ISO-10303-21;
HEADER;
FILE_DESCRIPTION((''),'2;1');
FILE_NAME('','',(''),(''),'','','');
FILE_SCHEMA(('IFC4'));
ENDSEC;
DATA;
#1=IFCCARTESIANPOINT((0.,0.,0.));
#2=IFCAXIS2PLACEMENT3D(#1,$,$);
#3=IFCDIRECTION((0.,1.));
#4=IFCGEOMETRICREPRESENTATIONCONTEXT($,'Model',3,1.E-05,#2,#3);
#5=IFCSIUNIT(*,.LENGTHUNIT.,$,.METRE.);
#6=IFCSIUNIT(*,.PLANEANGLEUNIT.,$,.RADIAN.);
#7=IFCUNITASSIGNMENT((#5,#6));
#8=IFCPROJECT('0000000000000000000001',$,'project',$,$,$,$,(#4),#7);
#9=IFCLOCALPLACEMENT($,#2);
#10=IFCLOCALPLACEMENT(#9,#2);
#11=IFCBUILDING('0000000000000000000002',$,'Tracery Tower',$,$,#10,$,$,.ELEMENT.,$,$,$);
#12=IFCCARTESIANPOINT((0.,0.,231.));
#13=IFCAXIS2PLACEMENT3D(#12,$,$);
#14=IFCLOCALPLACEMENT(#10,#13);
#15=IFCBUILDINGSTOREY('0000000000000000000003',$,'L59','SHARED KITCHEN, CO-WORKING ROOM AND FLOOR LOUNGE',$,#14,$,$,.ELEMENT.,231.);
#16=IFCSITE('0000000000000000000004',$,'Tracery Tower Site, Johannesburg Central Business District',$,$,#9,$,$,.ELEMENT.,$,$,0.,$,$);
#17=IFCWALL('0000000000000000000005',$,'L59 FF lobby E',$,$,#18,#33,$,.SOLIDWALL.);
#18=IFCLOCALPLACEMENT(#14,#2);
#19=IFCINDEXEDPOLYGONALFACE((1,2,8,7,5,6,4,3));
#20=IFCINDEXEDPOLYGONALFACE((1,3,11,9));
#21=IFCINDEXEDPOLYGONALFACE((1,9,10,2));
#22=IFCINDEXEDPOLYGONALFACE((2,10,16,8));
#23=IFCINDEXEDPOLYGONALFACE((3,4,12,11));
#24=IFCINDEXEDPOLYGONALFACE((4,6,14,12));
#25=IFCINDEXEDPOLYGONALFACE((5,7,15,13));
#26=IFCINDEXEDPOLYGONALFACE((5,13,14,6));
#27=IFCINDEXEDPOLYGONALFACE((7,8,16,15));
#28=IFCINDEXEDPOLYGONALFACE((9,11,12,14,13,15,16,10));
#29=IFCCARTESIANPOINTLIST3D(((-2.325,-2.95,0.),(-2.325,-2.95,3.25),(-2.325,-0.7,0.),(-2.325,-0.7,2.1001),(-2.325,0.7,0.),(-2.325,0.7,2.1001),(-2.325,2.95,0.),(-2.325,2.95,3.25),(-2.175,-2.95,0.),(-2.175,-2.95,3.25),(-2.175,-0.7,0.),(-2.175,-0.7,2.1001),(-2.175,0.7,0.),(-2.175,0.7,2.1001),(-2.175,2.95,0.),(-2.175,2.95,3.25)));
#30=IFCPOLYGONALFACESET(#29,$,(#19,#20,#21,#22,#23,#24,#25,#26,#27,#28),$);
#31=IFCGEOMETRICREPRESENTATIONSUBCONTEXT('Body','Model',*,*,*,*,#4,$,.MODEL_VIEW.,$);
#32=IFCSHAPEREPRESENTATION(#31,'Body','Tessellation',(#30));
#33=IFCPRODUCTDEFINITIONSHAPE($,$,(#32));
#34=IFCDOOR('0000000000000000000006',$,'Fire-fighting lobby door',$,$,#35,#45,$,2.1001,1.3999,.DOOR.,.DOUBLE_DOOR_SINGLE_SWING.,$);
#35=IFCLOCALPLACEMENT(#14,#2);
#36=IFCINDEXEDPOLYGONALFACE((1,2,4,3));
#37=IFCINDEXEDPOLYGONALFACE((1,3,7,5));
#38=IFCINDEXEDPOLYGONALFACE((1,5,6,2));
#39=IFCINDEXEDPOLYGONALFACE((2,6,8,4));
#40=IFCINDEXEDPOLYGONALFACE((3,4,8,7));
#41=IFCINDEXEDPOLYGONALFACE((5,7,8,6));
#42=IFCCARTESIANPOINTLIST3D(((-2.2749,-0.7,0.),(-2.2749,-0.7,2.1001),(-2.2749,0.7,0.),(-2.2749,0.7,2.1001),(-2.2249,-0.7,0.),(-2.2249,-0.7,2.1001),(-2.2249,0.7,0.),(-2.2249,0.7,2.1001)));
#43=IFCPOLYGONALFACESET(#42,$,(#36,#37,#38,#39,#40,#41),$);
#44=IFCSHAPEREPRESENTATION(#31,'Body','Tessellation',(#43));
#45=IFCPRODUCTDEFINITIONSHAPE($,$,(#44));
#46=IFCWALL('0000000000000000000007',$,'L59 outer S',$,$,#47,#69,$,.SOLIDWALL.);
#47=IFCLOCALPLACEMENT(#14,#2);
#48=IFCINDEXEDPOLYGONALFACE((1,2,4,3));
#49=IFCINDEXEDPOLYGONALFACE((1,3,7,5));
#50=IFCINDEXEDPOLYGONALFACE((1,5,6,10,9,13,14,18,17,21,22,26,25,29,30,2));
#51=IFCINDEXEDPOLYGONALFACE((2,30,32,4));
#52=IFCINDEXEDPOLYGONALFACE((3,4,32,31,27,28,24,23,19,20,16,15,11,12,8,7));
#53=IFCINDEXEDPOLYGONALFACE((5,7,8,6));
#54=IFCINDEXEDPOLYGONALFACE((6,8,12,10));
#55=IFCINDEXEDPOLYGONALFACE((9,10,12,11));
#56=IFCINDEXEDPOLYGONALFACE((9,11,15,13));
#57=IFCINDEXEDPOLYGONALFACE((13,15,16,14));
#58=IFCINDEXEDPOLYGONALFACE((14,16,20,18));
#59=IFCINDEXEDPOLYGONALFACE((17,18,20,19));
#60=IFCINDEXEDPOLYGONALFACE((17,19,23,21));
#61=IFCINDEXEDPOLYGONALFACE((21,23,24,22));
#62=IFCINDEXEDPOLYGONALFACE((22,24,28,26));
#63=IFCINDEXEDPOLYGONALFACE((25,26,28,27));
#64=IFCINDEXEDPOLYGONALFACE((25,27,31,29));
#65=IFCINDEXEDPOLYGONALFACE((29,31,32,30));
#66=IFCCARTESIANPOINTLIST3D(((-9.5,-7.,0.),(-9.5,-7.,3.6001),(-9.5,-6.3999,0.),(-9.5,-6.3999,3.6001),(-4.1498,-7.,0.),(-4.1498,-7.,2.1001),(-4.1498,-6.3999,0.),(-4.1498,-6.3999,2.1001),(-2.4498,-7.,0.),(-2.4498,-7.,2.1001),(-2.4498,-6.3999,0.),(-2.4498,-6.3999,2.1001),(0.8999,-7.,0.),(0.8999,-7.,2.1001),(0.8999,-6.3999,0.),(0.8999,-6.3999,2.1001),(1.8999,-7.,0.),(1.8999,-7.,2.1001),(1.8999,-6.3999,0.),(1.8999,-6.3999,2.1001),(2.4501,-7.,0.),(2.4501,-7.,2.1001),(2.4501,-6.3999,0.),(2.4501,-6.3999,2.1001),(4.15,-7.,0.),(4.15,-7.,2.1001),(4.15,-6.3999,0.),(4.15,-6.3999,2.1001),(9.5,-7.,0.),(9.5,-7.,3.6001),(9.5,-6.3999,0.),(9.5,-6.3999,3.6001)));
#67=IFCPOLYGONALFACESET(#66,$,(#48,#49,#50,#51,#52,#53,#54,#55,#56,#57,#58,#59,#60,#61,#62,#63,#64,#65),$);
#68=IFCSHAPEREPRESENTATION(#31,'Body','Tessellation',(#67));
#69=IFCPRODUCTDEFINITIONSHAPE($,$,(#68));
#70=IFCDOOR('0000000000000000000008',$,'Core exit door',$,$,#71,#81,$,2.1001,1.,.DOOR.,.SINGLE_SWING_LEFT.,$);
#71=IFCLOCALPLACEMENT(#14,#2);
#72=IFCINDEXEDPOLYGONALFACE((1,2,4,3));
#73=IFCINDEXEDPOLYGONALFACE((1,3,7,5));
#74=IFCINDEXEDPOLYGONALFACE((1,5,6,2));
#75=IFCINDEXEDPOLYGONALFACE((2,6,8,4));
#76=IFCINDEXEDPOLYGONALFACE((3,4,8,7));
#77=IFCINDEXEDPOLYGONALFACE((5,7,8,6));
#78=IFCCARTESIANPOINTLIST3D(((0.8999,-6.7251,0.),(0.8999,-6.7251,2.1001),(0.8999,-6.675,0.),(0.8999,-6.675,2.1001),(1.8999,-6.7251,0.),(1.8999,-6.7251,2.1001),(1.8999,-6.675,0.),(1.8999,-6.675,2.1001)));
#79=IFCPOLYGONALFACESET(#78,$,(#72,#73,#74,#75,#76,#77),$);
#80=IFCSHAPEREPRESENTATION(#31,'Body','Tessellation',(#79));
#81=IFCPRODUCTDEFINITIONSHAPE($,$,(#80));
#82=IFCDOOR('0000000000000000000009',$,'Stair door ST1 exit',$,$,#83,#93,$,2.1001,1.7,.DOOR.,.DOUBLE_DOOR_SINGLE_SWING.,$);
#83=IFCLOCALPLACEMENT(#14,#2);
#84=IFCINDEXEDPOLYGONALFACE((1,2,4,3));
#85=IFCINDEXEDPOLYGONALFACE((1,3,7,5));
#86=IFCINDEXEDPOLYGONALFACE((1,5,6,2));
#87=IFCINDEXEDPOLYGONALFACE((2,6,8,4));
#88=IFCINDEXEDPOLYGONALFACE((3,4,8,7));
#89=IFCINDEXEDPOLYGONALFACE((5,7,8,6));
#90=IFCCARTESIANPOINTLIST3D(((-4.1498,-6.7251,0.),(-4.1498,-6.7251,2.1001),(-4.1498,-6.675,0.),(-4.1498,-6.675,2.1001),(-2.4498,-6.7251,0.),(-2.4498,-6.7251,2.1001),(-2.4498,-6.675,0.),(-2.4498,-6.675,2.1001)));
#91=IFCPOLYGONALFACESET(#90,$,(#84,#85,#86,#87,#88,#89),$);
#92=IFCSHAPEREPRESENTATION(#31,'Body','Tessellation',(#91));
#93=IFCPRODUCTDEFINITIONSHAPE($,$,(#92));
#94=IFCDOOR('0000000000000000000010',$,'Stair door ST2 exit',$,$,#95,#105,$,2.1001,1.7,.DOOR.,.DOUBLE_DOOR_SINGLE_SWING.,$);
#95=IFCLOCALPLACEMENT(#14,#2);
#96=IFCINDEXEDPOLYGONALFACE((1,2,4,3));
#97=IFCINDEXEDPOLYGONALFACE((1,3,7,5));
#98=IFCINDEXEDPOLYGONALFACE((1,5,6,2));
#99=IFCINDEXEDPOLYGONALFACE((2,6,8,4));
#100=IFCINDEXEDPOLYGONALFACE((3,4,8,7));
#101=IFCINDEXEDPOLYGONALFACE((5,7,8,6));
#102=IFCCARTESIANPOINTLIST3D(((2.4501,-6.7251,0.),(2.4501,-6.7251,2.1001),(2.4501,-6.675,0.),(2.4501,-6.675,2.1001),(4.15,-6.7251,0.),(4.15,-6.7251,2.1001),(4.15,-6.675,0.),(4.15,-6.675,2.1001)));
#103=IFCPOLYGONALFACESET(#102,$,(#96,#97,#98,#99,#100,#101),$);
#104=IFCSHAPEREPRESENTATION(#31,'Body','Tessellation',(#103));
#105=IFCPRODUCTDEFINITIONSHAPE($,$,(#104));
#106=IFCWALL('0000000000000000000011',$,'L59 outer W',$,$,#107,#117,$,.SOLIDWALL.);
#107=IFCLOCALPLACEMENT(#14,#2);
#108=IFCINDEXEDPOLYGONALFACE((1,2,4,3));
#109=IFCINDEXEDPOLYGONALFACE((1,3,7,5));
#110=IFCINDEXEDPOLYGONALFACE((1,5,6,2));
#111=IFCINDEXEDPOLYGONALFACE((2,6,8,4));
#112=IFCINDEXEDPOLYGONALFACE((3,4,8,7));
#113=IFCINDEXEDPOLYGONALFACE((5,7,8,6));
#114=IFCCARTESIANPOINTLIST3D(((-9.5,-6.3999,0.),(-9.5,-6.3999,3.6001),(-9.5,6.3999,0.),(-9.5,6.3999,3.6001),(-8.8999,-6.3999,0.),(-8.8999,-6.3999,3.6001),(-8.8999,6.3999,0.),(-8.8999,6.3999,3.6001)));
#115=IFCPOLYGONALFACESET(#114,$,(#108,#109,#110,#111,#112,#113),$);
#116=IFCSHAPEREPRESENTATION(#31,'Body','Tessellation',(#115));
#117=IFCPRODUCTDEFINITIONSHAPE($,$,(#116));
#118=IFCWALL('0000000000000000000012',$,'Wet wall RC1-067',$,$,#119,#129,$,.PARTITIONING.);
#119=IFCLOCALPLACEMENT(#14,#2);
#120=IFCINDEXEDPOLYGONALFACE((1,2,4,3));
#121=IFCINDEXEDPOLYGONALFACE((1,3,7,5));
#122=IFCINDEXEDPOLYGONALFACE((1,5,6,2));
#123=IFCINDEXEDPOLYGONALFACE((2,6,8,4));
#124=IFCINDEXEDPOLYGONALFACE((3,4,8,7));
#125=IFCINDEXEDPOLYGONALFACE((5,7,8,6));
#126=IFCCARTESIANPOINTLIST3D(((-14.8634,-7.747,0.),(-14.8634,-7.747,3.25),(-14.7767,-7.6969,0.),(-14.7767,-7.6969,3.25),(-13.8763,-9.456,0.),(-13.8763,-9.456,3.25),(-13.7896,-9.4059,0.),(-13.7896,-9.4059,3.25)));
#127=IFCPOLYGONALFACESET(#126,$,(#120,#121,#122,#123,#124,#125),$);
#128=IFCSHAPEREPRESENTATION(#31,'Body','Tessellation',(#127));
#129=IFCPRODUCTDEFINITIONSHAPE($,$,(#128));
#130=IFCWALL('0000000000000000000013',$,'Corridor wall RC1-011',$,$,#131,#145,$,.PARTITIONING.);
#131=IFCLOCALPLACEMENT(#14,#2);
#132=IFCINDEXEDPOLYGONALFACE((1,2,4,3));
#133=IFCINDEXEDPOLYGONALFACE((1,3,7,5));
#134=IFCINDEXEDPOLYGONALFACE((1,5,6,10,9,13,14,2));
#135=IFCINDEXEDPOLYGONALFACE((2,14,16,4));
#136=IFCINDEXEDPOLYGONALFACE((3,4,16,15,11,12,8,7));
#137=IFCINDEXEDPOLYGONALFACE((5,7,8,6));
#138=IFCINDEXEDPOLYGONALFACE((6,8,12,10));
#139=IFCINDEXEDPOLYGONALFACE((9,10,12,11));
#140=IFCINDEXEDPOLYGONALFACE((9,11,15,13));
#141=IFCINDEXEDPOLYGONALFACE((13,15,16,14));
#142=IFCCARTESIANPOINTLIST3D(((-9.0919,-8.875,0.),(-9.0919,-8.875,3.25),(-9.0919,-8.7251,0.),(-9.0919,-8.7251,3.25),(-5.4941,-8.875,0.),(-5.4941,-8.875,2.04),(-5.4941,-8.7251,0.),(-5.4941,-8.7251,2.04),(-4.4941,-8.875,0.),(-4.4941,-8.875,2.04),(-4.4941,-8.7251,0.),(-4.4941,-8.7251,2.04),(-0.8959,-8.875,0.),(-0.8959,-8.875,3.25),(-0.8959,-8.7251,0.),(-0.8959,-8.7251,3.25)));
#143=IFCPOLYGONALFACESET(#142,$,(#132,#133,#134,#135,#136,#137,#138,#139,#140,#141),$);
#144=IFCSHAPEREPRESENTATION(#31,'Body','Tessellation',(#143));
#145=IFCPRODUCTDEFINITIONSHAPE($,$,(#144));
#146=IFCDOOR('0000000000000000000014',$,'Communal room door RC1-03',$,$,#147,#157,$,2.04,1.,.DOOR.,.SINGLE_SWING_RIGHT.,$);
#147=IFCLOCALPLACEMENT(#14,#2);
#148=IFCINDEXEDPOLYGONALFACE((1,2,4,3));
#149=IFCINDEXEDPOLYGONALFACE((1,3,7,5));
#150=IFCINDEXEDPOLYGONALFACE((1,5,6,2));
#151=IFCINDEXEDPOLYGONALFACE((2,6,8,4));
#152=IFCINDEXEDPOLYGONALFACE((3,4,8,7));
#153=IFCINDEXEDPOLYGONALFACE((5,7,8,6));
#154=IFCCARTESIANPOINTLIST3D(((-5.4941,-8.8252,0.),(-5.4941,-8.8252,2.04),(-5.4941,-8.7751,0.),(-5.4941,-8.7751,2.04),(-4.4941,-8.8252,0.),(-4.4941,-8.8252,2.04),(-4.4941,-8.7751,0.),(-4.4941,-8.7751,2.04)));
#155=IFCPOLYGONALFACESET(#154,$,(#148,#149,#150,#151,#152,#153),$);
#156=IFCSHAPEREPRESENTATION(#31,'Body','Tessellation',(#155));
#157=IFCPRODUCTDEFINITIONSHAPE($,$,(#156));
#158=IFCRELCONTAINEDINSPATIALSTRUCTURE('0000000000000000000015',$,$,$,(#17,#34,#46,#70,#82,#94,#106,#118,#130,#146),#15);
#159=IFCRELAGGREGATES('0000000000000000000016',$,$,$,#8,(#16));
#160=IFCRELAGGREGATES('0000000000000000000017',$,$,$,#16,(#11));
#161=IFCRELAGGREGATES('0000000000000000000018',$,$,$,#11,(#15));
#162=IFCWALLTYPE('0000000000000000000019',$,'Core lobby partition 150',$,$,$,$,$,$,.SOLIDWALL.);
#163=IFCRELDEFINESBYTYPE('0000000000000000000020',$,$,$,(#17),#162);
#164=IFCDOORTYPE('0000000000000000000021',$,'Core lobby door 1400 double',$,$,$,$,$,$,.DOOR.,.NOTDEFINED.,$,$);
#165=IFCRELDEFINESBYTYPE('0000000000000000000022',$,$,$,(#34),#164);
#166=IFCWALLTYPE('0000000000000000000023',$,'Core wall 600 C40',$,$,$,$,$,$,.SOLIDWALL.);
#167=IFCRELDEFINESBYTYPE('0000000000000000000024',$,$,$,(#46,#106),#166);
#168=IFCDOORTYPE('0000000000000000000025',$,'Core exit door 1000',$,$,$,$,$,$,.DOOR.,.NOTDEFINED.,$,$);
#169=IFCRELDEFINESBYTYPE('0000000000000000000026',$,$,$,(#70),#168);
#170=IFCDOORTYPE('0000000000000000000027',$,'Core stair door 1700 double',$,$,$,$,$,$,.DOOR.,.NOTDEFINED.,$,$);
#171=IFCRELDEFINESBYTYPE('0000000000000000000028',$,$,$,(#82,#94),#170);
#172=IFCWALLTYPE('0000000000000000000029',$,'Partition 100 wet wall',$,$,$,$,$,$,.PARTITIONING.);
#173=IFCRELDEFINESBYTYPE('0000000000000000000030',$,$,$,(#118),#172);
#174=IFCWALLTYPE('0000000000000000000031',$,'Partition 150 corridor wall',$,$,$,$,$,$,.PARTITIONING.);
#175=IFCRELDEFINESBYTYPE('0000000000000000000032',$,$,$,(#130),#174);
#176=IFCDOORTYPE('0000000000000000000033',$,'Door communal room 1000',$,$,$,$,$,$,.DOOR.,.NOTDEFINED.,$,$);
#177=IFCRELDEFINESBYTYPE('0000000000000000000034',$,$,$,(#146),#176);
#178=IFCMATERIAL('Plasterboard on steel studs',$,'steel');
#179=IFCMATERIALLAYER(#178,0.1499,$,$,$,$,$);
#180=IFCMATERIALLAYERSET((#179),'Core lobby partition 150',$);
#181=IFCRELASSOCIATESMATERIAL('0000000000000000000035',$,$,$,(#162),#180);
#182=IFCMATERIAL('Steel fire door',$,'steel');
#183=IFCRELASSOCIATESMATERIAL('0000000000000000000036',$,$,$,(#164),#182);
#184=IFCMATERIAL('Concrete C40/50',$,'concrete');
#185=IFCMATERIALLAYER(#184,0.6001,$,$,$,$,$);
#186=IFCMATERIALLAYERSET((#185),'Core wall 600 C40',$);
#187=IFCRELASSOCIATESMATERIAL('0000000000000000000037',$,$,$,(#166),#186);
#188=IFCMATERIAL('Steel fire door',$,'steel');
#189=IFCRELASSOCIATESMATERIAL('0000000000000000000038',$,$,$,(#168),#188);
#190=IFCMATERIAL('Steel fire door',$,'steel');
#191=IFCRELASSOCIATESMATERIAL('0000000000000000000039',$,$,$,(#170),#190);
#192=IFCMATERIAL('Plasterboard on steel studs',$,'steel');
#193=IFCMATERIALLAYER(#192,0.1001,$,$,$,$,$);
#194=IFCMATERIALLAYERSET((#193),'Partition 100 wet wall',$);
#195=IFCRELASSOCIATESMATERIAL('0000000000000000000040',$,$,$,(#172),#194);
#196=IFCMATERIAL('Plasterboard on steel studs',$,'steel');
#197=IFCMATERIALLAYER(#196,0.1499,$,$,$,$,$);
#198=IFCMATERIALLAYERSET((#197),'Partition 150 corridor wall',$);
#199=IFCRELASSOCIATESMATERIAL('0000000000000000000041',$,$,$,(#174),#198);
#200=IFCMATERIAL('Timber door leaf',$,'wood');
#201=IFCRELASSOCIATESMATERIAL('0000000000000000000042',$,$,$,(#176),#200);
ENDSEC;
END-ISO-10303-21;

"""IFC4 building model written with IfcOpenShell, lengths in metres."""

from ifc_helpers import new_model, si_unit, direction, frame, frame_2d, origin, place, context, subcontext, project, spatial, rectangle, extrude, material, layer, layer_set, type_object, element, fill, save


model = new_model("IFC4")

# Units and contexts
model_context = context("Model", 3, precision=1e-05, world=origin(), true_north=direction((0.0, 1.0)))
body_context = subcontext(model_context, "Body", "Model", "MODEL_VIEW")
ifc_project = project(units=[si_unit("LENGTHUNIT", "METRE"), si_unit("PLANEANGLEUNIT", "RADIAN")], contexts=[model_context])

# Site, building, storey
site_placement = place(None, origin())
site = spatial("IfcSite", under=ifc_project, at=site_placement, Name="Tracery Tower Site, Johannesburg Central Business District", CompositionType="ELEMENT", RefElevation=0.0)
building_placement = place(site_placement, origin())
building = spatial("IfcBuilding", under=site, at=building_placement, Name="Tracery Tower", CompositionType="ELEMENT")
storey_placement = place(building_placement, frame((0.0, 0.0, 231.0)))
storey = spatial("IfcBuildingStorey", under=building, at=storey_placement, Name="L59", Description="SHARED KITCHEN, CO-WORKING ROOM AND FLOOR LOUNGE", CompositionType="ELEMENT", Elevation=231.0)

# Wall, opening, door
ifc_material_1 = material(Name="Plasterboard on steel studs", Category="steel")
ifc_layer_1 = layer(ifc_material_1, 0.1499)
ifc_layer_set_1 = layer_set([ifc_layer_1], Name="Core lobby partition 150")
wall_type_1 = type_object("IfcWallType", Name="Core lobby partition 150", PredefinedType="SOLIDWALL", material=ifc_layer_set_1)
wall_1_placement = place(storey_placement, frame((-2.25, -2.95, 0.0), z_axis=(0.0, 0.0, 1.0), x_axis=(0.0, 1.0, 0.0)))
wall_1 = element("IfcWall", 1, at=wall_1_placement, inside=storey, type_object=wall_type_1, Name="L59 FF lobby E", PredefinedType="SOLIDWALL", context=body_context, shape_type="SweptSolid", body=[
    extrude(rectangle(XDim=5.8999, YDim=0.1499, at=frame_2d((2.95, 0.0))), origin(), (0.0, 0.0, 1.0), 3.25),
])
opening_1_placement = place(wall_1_placement, frame((2.25, 0.0, 0.0)))
opening_1 = element("IfcOpeningElement", 2, at=opening_1_placement, cuts=wall_1, PredefinedType="OPENING", context=body_context, shape_type="SweptSolid", body=[
    extrude(rectangle(XDim=1.3999, YDim=2.1001, at=frame_2d((0.7, 1.05))), frame((0.0, 0.075, 0.0), z_axis=(0.0, -1.0, 0.0), x_axis=(1.0, 0.0, 0.0)), (0.0, 0.0, 1.0), 0.1499),
])
ifc_material_2 = material(Name="Steel fire door", Category="steel")
door_type_1 = type_object("IfcDoorType", Name="Core lobby door 1400 double", OperationType="NOTDEFINED", PredefinedType="DOOR", material=ifc_material_2)
door_1_placement = place(opening_1_placement, origin())
door_1 = element("IfcDoor", 3, at=door_1_placement, inside=storey, type_object=door_type_1, Name="Fire-fighting lobby door", OperationType="DOUBLE_DOOR_SINGLE_SWING", OverallHeight=2.1001, OverallWidth=1.3999, PredefinedType="DOOR", context=body_context, shape_type="SweptSolid", body=[
    extrude(rectangle(XDim=1.3999, YDim=2.1001, at=frame_2d((0.7, 1.05))), frame((0.0, 0.0249, 0.0), z_axis=(0.0, -1.0, 0.0), x_axis=(1.0, 0.0, 0.0)), (0.0, 0.0, 1.0), 0.05),
])
fill(opening_1, door_1)

# Wall, openings, doors
ifc_material_3 = material(Name="Concrete C40/50", Category="concrete")
ifc_layer_2 = layer(ifc_material_3, 0.6001)
ifc_layer_set_2 = layer_set([ifc_layer_2], Name="Core wall 600 C40")
wall_type_2 = type_object("IfcWallType", Name="Core wall 600 C40", PredefinedType="SOLIDWALL", material=ifc_layer_set_2)
wall_2_placement = place(storey_placement, frame((-9.5, -6.7, 0.0), z_axis=(0.0, 0.0, 1.0), x_axis=(1.0, 0.0, 0.0)))
wall_2 = element("IfcWall", 4, at=wall_2_placement, inside=storey, type_object=wall_type_2, Name="L59 outer S", PredefinedType="SOLIDWALL", context=body_context, shape_type="SweptSolid", body=[
    extrude(rectangle(XDim=19.0, YDim=0.6001, at=frame_2d((9.5, 0.0))), origin(), (0.0, 0.0, 1.0), 3.6001),
])
opening_2_placement = place(wall_2_placement, frame((10.3999, 0.0, 0.0)))
opening_2 = element("IfcOpeningElement", 5, at=opening_2_placement, cuts=wall_2, PredefinedType="OPENING", context=body_context, shape_type="SweptSolid", body=[
    extrude(rectangle(XDim=1.0, YDim=2.1001, at=frame_2d((0.5, 1.05))), frame((0.0, 0.3, 0.0), z_axis=(0.0, -1.0, 0.0), x_axis=(1.0, 0.0, 0.0)), (0.0, 0.0, 1.0), 0.6001),
])
opening_3_placement = place(wall_2_placement, frame((5.3501, 0.0, 0.0)))
opening_3 = element("IfcOpeningElement", 6, at=opening_3_placement, cuts=wall_2, PredefinedType="OPENING", context=body_context, shape_type="SweptSolid", body=[
    extrude(rectangle(XDim=1.7, YDim=2.1001, at=frame_2d((0.8501, 1.05))), frame((0.0, 0.3, 0.0), z_axis=(0.0, -1.0, 0.0), x_axis=(1.0, 0.0, 0.0)), (0.0, 0.0, 1.0), 0.6001),
])
opening_4_placement = place(wall_2_placement, frame((11.95, 0.0, 0.0)))
opening_4 = element("IfcOpeningElement", 7, at=opening_4_placement, cuts=wall_2, PredefinedType="OPENING", context=body_context, shape_type="SweptSolid", body=[
    extrude(rectangle(XDim=1.7, YDim=2.1001, at=frame_2d((0.8501, 1.05))), frame((0.0, 0.3, 0.0), z_axis=(0.0, -1.0, 0.0), x_axis=(1.0, 0.0, 0.0)), (0.0, 0.0, 1.0), 0.6001),
])
ifc_material_4 = material(Name="Steel fire door", Category="steel")
door_type_2 = type_object("IfcDoorType", Name="Core exit door 1000", OperationType="NOTDEFINED", PredefinedType="DOOR", material=ifc_material_4)
door_2_placement = place(opening_2_placement, origin())
door_2 = element("IfcDoor", 8, at=door_2_placement, inside=storey, type_object=door_type_2, Name="Core exit door", OperationType="SINGLE_SWING_LEFT", OverallHeight=2.1001, OverallWidth=1.0, PredefinedType="DOOR", context=body_context, shape_type="SweptSolid", body=[
    extrude(rectangle(XDim=1.0, YDim=2.1001, at=frame_2d((0.5, 1.05))), frame((0.0, 0.0249, 0.0), z_axis=(0.0, -1.0, 0.0), x_axis=(1.0, 0.0, 0.0)), (0.0, 0.0, 1.0), 0.05),
])
fill(opening_2, door_2)
ifc_material_5 = material(Name="Steel fire door", Category="steel")
door_type_3 = type_object("IfcDoorType", Name="Core stair door 1700 double", OperationType="NOTDEFINED", PredefinedType="DOOR", material=ifc_material_5)
door_3_placement = place(opening_3_placement, origin())
door_3 = element("IfcDoor", 9, at=door_3_placement, inside=storey, type_object=door_type_3, Name="Stair door ST1 exit", OperationType="DOUBLE_DOOR_SINGLE_SWING", OverallHeight=2.1001, OverallWidth=1.7, PredefinedType="DOOR", context=body_context, shape_type="SweptSolid", body=[
    extrude(rectangle(XDim=1.7, YDim=2.1001, at=frame_2d((0.8501, 1.05))), frame((0.0, 0.0249, 0.0), z_axis=(0.0, -1.0, 0.0), x_axis=(1.0, 0.0, 0.0)), (0.0, 0.0, 1.0), 0.05),
])
fill(opening_3, door_3)
door_4_placement = place(opening_4_placement, origin())
door_4 = element("IfcDoor", 10, at=door_4_placement, inside=storey, type_object=door_type_3, Name="Stair door ST2 exit", OperationType="DOUBLE_DOOR_SINGLE_SWING", OverallHeight=2.1001, OverallWidth=1.7, PredefinedType="DOOR", context=body_context, shape_type="SweptSolid", body=[
    extrude(rectangle(XDim=1.7, YDim=2.1001, at=frame_2d((0.8501, 1.05))), frame((0.0, 0.0249, 0.0), z_axis=(0.0, -1.0, 0.0), x_axis=(1.0, 0.0, 0.0)), (0.0, 0.0, 1.0), 0.05),
])
fill(opening_4, door_4)

# Walls
wall_3_placement = place(storey_placement, frame((-9.2, -6.3999, 0.0), z_axis=(0.0, 0.0, 1.0), x_axis=(0.0, 1.0, 0.0)))
element("IfcWall", 11, at=wall_3_placement, inside=storey, type_object=wall_type_2, Name="L59 outer W", PredefinedType="SOLIDWALL", context=body_context, shape_type="SweptSolid", body=[
    extrude(rectangle(XDim=12.7998, YDim=0.6001, at=frame_2d((6.3999, 0.0))), origin(), (0.0, 0.0, 1.0), 3.6001),
])
ifc_material_6 = material(Name="Plasterboard on steel studs", Category="steel")
ifc_layer_3 = layer(ifc_material_6, 0.1001)
ifc_layer_set_3 = layer_set([ifc_layer_3], Name="Partition 100 wet wall")
wall_type_3 = type_object("IfcWallType", Name="Partition 100 wet wall", PredefinedType="PARTITIONING", material=ifc_layer_set_3)
wall_4_placement = place(storey_placement, frame((-14.8201, -7.7219, 0.0), z_axis=(0.0, 0.0, 1.0), x_axis=(0.500144, -0.865942, 0.0)))
element("IfcWall", 12, at=wall_4_placement, inside=storey, type_object=wall_type_3, Name="Wet wall RC1-067", PredefinedType="PARTITIONING", context=body_context, shape_type="SweptSolid", body=[
    extrude(rectangle(XDim=1.9736, YDim=0.1001, at=frame_2d((0.9868, 0.0))), origin(), (0.0, 0.0, 1.0), 3.25),
])

# Wall, opening, door
ifc_material_7 = material(Name="Plasterboard on steel studs", Category="steel")
ifc_layer_4 = layer(ifc_material_7, 0.1499)
ifc_layer_set_4 = layer_set([ifc_layer_4], Name="Partition 150 corridor wall")
wall_type_4 = type_object("IfcWallType", Name="Partition 150 corridor wall", PredefinedType="PARTITIONING", material=ifc_layer_set_4)
wall_5_placement = place(storey_placement, frame((-9.092, -8.8, 0.0), z_axis=(0.0, 0.0, 1.0), x_axis=(1.0, 0.0, 0.0)))
wall_5 = element("IfcWall", 13, at=wall_5_placement, inside=storey, type_object=wall_type_4, Name="Corridor wall RC1-011", PredefinedType="PARTITIONING", context=body_context, shape_type="SweptSolid", body=[
    extrude(rectangle(XDim=8.196, YDim=0.1499, at=frame_2d((4.0981, 0.0))), origin(), (0.0, 0.0, 1.0), 3.25),
])
opening_5_placement = place(wall_5_placement, frame((3.5979, 0.0, 0.0)))
opening_5 = element("IfcOpeningElement", 14, at=opening_5_placement, cuts=wall_5, PredefinedType="OPENING", context=body_context, shape_type="SweptSolid", body=[
    extrude(rectangle(XDim=1.0, YDim=2.04, at=frame_2d((0.5, 1.02))), frame((0.0, 0.075, 0.0), z_axis=(0.0, -1.0, 0.0), x_axis=(1.0, 0.0, 0.0)), (0.0, 0.0, 1.0), 0.1499),
])
ifc_material_8 = material(Name="Timber door leaf", Category="wood")
door_type_4 = type_object("IfcDoorType", Name="Door communal room 1000", OperationType="NOTDEFINED", PredefinedType="DOOR", material=ifc_material_8)
door_5_placement = place(opening_5_placement, origin())
door_5 = element("IfcDoor", 15, at=door_5_placement, inside=storey, type_object=door_type_4, Name="Communal room door RC1-03", OperationType="SINGLE_SWING_RIGHT", OverallHeight=2.04, OverallWidth=1.0, PredefinedType="DOOR", context=body_context, shape_type="SweptSolid", body=[
    extrude(rectangle(XDim=1.0, YDim=2.04, at=frame_2d((0.5, 1.02))), frame((0.0, 0.0249, 0.0), z_axis=(0.0, -1.0, 0.0), x_axis=(1.0, 0.0, 0.0)), (0.0, 0.0, 1.0), 0.05),
])
fill(opening_5, door_5)

save(model, "model.ifc")
